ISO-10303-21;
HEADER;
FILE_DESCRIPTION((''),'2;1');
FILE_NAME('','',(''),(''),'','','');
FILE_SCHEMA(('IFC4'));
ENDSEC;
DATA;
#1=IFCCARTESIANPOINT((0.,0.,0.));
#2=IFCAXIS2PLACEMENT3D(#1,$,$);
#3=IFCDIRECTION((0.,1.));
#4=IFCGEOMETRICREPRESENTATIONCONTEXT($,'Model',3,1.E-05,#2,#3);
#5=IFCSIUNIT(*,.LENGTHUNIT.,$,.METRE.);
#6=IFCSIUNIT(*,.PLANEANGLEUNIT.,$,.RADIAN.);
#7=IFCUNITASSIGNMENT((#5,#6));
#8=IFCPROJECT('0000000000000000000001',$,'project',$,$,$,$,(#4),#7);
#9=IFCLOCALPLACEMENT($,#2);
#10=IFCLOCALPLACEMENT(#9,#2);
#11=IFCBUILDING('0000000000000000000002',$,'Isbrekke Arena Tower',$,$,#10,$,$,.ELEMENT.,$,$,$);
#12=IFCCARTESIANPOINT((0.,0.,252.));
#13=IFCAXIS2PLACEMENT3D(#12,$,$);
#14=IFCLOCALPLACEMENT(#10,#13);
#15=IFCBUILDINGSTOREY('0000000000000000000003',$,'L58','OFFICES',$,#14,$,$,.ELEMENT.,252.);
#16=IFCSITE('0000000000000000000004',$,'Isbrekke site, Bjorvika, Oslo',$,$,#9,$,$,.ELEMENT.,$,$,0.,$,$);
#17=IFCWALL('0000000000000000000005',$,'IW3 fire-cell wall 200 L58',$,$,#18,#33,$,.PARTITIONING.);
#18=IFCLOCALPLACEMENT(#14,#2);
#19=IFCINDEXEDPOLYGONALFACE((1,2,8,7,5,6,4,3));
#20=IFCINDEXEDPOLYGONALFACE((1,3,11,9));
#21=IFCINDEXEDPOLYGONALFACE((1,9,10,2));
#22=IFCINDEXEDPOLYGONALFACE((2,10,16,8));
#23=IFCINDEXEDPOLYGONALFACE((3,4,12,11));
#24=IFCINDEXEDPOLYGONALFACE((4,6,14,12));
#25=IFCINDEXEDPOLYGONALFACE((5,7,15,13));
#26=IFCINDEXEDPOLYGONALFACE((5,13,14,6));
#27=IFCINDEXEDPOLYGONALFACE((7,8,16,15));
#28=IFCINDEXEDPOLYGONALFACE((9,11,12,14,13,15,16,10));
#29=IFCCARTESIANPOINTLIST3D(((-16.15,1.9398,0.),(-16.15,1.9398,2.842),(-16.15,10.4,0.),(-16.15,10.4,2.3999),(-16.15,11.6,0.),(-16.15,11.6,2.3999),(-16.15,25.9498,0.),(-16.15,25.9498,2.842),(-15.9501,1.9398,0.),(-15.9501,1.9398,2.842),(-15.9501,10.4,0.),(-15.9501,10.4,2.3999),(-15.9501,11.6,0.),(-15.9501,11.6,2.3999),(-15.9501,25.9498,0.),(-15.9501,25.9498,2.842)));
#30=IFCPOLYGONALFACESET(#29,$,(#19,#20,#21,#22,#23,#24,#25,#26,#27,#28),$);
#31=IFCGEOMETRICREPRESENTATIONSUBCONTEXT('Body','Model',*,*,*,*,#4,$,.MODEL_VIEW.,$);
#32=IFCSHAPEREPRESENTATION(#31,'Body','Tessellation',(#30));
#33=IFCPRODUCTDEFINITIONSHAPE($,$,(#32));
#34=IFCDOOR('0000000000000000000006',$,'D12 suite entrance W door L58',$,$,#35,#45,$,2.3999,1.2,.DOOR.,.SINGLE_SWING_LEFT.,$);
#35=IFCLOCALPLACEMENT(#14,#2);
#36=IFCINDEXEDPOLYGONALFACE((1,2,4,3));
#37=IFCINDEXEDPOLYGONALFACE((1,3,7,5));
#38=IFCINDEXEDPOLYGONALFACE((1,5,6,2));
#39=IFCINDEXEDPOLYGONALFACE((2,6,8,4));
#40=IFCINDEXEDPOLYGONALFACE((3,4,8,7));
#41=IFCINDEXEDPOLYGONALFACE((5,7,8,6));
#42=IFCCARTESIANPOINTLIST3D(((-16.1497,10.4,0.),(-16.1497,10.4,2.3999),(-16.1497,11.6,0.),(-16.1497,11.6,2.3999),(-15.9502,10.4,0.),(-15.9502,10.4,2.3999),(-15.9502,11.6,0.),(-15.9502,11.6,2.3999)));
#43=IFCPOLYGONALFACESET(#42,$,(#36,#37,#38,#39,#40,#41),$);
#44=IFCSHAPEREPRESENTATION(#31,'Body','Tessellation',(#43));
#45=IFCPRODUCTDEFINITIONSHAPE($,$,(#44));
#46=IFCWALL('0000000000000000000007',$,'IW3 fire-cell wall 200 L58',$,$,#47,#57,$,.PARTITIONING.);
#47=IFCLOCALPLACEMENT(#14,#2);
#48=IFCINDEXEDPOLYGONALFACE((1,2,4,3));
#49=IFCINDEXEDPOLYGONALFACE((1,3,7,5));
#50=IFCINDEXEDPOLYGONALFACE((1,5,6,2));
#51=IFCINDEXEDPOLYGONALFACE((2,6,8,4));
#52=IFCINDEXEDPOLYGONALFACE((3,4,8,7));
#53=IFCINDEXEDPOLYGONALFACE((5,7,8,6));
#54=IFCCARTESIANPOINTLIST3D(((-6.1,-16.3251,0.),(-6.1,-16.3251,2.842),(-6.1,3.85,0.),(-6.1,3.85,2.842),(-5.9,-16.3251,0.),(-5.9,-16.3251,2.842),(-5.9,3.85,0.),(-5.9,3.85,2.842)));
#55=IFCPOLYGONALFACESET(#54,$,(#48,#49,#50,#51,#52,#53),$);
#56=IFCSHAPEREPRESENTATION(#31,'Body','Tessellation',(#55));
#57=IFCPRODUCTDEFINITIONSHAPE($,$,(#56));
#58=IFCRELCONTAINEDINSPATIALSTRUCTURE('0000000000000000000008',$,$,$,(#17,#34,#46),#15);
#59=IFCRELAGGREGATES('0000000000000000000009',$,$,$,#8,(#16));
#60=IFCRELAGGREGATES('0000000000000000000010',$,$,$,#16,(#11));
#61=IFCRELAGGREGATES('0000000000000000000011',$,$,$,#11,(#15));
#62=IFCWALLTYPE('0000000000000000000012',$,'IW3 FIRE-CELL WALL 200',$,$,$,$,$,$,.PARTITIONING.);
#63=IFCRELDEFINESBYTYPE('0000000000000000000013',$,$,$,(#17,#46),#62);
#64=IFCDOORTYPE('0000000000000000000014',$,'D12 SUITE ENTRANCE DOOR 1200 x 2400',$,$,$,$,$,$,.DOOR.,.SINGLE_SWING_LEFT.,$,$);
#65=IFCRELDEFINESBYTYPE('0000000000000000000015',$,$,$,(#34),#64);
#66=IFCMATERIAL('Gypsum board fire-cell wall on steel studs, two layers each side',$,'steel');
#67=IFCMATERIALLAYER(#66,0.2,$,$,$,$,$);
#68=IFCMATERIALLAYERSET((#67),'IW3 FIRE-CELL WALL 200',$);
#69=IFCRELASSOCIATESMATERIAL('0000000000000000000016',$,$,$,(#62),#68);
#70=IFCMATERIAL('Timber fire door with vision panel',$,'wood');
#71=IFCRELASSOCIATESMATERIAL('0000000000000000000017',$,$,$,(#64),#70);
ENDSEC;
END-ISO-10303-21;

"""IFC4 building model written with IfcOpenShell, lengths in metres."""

from ifc_helpers import new_model, si_unit, direction, frame, frame_2d, origin, place, context, subcontext, project, spatial, rectangle, extrude, material, layer, layer_set, type_object, element, fill, save


model = new_model("IFC4")

# Units and contexts
model_context = context("Model", 3, precision=1e-05, world=origin(), true_north=direction((0.0, 1.0)))
body_context = subcontext(model_context, "Body", "Model", "MODEL_VIEW")
ifc_project = project(units=[si_unit("LENGTHUNIT", "METRE"), si_unit("PLANEANGLEUNIT", "RADIAN")], contexts=[model_context])

# Site, building, storey
site_placement = place(None, origin())
site = spatial("IfcSite", under=ifc_project, at=site_placement, Name="Isbrekke site, Bjorvika, Oslo", CompositionType="ELEMENT", RefElevation=0.0)
building_placement = place(site_placement, origin())
building = spatial("IfcBuilding", under=site, at=building_placement, Name="Isbrekke Arena Tower", CompositionType="ELEMENT")
storey_placement = place(building_placement, frame((0.0, 0.0, 252.0)))
storey = spatial("IfcBuildingStorey", under=building, at=storey_placement, Name="L58", Description="OFFICES", CompositionType="ELEMENT", Elevation=252.0)

# Wall, opening, door
ifc_material_1 = material(Name="Gypsum board fire-cell wall on steel studs, two layers each side", Category="steel")
ifc_layer_1 = layer(ifc_material_1, 0.2)
ifc_layer_set_1 = layer_set([ifc_layer_1], Name="IW3 FIRE-CELL WALL 200")
wall_type_1 = type_object("IfcWallType", Name="IW3 FIRE-CELL WALL 200", PredefinedType="PARTITIONING", material=ifc_layer_set_1)
wall_1_placement = place(storey_placement, frame((-16.05, 1.9399, 0.0), z_axis=(0.0, 0.0, 1.0), x_axis=(0.0, 1.0, 0.0)))
wall_1 = element("IfcWall", 1, at=wall_1_placement, inside=storey, type_object=wall_type_1, Name="IW3 fire-cell wall 200 L58", PredefinedType="PARTITIONING", context=body_context, shape_type="SweptSolid", body=[
    extrude(rectangle(XDim=24.01, YDim=0.2, at=frame_2d((12.0049, 0.0))), origin(), (0.0, 0.0, 1.0), 2.842),
])
opening_1_placement = place(wall_1_placement, frame((8.46, 0.0, 0.0)))
opening_1 = element("IfcOpeningElement", 2, at=opening_1_placement, cuts=wall_1, PredefinedType="OPENING", context=body_context, shape_type="SweptSolid", body=[
    extrude(rectangle(XDim=1.2, YDim=2.3999, at=frame_2d((0.6001, 1.2))), frame((0.0, 0.1147, 0.0), z_axis=(0.0, -1.0, 0.0), x_axis=(1.0, 0.0, 0.0)), (0.0, 0.0, 1.0), 0.2297),
])
ifc_material_2 = material(Name="Timber fire door with vision panel", Category="wood")
door_type_1 = type_object("IfcDoorType", Name="D12 SUITE ENTRANCE DOOR 1200 x 2400", OperationType="SINGLE_SWING_LEFT", PredefinedType="DOOR", material=ifc_material_2)
door_1_placement = place(opening_1_placement, origin())
door_1 = element("IfcDoor", 3, at=door_1_placement, inside=storey, type_object=door_type_1, Name="D12 suite entrance W door L58", OperationType="SINGLE_SWING_LEFT", OverallHeight=2.3999, OverallWidth=1.2, PredefinedType="DOOR", context=body_context, shape_type="SweptSolid", body=[
    extrude(rectangle(XDim=1.2, YDim=2.3999, at=frame_2d((0.6001, 1.2))), frame((0.0, 0.0996, 0.0), z_axis=(0.0, -1.0, 0.0), x_axis=(1.0, 0.0, 0.0)), (0.0, 0.0, 1.0), 0.1995),
])
fill(opening_1, door_1)

# Wall
wall_2_placement = place(storey_placement, frame((-6.0, -16.325, 0.0), z_axis=(0.0, 0.0, 1.0), x_axis=(0.0, 1.0, 0.0)))
element("IfcWall", 4, at=wall_2_placement, inside=storey, type_object=wall_type_1, Name="IW3 fire-cell wall 200 L58", PredefinedType="PARTITIONING", context=body_context, shape_type="SweptSolid", body=[
    extrude(rectangle(XDim=20.175, YDim=0.2, at=frame_2d((10.0874, 0.0))), origin(), (0.0, 0.0, 1.0), 2.842),
])

save(model, "model.ifc")
